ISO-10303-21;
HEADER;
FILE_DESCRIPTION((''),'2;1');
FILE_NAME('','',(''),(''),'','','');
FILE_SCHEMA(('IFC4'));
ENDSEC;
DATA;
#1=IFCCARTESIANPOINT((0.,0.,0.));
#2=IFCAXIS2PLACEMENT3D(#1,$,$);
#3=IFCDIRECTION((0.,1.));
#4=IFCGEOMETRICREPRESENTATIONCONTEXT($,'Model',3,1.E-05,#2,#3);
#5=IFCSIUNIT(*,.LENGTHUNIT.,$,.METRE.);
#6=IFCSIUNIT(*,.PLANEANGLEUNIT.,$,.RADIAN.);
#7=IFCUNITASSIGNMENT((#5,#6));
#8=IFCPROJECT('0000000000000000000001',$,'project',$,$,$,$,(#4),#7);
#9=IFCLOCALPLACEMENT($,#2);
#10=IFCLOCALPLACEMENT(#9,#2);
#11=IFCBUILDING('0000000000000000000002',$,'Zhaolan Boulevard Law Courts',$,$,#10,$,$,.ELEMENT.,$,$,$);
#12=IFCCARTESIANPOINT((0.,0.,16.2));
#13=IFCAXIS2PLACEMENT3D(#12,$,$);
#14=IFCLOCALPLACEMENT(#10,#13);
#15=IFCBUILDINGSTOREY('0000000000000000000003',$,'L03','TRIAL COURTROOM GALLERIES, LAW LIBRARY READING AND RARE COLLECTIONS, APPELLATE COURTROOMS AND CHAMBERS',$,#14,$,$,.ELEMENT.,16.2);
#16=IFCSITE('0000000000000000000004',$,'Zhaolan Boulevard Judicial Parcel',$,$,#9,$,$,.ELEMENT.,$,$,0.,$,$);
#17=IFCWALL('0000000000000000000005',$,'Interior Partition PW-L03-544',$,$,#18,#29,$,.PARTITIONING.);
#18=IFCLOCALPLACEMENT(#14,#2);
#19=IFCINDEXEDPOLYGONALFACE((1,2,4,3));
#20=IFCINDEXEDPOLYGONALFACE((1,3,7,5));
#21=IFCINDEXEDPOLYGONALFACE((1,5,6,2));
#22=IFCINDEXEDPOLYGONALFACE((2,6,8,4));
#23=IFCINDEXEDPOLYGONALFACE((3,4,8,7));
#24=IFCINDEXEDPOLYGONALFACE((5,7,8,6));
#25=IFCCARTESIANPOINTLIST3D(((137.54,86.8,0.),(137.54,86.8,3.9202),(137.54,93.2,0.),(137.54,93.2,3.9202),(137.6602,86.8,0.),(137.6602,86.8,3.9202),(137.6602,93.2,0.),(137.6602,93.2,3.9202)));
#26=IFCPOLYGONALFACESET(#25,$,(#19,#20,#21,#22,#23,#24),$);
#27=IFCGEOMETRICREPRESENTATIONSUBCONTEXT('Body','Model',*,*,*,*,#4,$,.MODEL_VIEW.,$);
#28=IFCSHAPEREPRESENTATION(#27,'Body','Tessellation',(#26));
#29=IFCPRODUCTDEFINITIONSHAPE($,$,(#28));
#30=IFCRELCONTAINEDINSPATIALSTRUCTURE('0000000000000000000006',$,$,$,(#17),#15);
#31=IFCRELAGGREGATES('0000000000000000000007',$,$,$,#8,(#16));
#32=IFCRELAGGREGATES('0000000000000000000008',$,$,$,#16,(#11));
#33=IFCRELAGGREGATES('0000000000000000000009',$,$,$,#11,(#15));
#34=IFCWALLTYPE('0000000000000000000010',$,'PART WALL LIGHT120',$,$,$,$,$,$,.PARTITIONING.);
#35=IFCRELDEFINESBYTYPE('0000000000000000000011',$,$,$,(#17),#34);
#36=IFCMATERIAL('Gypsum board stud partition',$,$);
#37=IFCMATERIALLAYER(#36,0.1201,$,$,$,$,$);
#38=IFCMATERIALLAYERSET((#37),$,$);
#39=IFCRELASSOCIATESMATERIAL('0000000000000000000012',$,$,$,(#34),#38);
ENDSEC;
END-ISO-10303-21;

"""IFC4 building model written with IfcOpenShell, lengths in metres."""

from ifc_helpers import new_model, si_unit, direction, frame, frame_2d, origin, place, context, subcontext, project, spatial, rectangle, extrude, material, layer, layer_set, type_object, element, save


model = new_model("IFC4")

# Units and contexts
model_context = context("Model", 3, precision=1e-05, world=origin(), true_north=direction((0.0, 1.0)))
body_context = subcontext(model_context, "Body", "Model", "MODEL_VIEW")
ifc_project = project(units=[si_unit("LENGTHUNIT", "METRE"), si_unit("PLANEANGLEUNIT", "RADIAN")], contexts=[model_context])

# Site, building, storey
site_placement = place(None, origin())
site = spatial("IfcSite", under=ifc_project, at=site_placement, Name="Zhaolan Boulevard Judicial Parcel", CompositionType="ELEMENT", RefElevation=0.0)
building_placement = place(site_placement, origin())
building = spatial("IfcBuilding", under=site, at=building_placement, Name="Zhaolan Boulevard Law Courts", CompositionType="ELEMENT")
storey_placement = place(building_placement, frame((0.0, 0.0, 16.2)))
storey = spatial("IfcBuildingStorey", under=building, at=storey_placement, Name="L03", Description="TRIAL COURTROOM GALLERIES, LAW LIBRARY READING AND RARE COLLECTIONS, APPELLATE COURTROOMS AND CHAMBERS", CompositionType="ELEMENT", Elevation=16.2)

# Wall
ifc_material_1 = material(Name="Gypsum board stud partition")
ifc_layer_1 = layer(ifc_material_1, 0.1201)
ifc_layer_set_1 = layer_set([ifc_layer_1])
wall_type_1 = type_object("IfcWallType", Name="PART WALL LIGHT120", PredefinedType="PARTITIONING", material=ifc_layer_set_1)
wall_1_placement = place(storey_placement, frame((137.6001, 86.8, 0.0), z_axis=(0.0, 0.0, 1.0), x_axis=(0.0, 1.0, 0.0)))
element("IfcWall", 1, at=wall_1_placement, inside=storey, type_object=wall_type_1, Name="Interior Partition PW-L03-544", PredefinedType="PARTITIONING", context=body_context, shape_type="SweptSolid", body=[
    extrude(rectangle(XDim=6.3999, YDim=0.1201, at=frame_2d((3.2, 0.0))), origin(), (0.0, 0.0, 1.0), 3.9202),
])

save(model, "model.ifc")
